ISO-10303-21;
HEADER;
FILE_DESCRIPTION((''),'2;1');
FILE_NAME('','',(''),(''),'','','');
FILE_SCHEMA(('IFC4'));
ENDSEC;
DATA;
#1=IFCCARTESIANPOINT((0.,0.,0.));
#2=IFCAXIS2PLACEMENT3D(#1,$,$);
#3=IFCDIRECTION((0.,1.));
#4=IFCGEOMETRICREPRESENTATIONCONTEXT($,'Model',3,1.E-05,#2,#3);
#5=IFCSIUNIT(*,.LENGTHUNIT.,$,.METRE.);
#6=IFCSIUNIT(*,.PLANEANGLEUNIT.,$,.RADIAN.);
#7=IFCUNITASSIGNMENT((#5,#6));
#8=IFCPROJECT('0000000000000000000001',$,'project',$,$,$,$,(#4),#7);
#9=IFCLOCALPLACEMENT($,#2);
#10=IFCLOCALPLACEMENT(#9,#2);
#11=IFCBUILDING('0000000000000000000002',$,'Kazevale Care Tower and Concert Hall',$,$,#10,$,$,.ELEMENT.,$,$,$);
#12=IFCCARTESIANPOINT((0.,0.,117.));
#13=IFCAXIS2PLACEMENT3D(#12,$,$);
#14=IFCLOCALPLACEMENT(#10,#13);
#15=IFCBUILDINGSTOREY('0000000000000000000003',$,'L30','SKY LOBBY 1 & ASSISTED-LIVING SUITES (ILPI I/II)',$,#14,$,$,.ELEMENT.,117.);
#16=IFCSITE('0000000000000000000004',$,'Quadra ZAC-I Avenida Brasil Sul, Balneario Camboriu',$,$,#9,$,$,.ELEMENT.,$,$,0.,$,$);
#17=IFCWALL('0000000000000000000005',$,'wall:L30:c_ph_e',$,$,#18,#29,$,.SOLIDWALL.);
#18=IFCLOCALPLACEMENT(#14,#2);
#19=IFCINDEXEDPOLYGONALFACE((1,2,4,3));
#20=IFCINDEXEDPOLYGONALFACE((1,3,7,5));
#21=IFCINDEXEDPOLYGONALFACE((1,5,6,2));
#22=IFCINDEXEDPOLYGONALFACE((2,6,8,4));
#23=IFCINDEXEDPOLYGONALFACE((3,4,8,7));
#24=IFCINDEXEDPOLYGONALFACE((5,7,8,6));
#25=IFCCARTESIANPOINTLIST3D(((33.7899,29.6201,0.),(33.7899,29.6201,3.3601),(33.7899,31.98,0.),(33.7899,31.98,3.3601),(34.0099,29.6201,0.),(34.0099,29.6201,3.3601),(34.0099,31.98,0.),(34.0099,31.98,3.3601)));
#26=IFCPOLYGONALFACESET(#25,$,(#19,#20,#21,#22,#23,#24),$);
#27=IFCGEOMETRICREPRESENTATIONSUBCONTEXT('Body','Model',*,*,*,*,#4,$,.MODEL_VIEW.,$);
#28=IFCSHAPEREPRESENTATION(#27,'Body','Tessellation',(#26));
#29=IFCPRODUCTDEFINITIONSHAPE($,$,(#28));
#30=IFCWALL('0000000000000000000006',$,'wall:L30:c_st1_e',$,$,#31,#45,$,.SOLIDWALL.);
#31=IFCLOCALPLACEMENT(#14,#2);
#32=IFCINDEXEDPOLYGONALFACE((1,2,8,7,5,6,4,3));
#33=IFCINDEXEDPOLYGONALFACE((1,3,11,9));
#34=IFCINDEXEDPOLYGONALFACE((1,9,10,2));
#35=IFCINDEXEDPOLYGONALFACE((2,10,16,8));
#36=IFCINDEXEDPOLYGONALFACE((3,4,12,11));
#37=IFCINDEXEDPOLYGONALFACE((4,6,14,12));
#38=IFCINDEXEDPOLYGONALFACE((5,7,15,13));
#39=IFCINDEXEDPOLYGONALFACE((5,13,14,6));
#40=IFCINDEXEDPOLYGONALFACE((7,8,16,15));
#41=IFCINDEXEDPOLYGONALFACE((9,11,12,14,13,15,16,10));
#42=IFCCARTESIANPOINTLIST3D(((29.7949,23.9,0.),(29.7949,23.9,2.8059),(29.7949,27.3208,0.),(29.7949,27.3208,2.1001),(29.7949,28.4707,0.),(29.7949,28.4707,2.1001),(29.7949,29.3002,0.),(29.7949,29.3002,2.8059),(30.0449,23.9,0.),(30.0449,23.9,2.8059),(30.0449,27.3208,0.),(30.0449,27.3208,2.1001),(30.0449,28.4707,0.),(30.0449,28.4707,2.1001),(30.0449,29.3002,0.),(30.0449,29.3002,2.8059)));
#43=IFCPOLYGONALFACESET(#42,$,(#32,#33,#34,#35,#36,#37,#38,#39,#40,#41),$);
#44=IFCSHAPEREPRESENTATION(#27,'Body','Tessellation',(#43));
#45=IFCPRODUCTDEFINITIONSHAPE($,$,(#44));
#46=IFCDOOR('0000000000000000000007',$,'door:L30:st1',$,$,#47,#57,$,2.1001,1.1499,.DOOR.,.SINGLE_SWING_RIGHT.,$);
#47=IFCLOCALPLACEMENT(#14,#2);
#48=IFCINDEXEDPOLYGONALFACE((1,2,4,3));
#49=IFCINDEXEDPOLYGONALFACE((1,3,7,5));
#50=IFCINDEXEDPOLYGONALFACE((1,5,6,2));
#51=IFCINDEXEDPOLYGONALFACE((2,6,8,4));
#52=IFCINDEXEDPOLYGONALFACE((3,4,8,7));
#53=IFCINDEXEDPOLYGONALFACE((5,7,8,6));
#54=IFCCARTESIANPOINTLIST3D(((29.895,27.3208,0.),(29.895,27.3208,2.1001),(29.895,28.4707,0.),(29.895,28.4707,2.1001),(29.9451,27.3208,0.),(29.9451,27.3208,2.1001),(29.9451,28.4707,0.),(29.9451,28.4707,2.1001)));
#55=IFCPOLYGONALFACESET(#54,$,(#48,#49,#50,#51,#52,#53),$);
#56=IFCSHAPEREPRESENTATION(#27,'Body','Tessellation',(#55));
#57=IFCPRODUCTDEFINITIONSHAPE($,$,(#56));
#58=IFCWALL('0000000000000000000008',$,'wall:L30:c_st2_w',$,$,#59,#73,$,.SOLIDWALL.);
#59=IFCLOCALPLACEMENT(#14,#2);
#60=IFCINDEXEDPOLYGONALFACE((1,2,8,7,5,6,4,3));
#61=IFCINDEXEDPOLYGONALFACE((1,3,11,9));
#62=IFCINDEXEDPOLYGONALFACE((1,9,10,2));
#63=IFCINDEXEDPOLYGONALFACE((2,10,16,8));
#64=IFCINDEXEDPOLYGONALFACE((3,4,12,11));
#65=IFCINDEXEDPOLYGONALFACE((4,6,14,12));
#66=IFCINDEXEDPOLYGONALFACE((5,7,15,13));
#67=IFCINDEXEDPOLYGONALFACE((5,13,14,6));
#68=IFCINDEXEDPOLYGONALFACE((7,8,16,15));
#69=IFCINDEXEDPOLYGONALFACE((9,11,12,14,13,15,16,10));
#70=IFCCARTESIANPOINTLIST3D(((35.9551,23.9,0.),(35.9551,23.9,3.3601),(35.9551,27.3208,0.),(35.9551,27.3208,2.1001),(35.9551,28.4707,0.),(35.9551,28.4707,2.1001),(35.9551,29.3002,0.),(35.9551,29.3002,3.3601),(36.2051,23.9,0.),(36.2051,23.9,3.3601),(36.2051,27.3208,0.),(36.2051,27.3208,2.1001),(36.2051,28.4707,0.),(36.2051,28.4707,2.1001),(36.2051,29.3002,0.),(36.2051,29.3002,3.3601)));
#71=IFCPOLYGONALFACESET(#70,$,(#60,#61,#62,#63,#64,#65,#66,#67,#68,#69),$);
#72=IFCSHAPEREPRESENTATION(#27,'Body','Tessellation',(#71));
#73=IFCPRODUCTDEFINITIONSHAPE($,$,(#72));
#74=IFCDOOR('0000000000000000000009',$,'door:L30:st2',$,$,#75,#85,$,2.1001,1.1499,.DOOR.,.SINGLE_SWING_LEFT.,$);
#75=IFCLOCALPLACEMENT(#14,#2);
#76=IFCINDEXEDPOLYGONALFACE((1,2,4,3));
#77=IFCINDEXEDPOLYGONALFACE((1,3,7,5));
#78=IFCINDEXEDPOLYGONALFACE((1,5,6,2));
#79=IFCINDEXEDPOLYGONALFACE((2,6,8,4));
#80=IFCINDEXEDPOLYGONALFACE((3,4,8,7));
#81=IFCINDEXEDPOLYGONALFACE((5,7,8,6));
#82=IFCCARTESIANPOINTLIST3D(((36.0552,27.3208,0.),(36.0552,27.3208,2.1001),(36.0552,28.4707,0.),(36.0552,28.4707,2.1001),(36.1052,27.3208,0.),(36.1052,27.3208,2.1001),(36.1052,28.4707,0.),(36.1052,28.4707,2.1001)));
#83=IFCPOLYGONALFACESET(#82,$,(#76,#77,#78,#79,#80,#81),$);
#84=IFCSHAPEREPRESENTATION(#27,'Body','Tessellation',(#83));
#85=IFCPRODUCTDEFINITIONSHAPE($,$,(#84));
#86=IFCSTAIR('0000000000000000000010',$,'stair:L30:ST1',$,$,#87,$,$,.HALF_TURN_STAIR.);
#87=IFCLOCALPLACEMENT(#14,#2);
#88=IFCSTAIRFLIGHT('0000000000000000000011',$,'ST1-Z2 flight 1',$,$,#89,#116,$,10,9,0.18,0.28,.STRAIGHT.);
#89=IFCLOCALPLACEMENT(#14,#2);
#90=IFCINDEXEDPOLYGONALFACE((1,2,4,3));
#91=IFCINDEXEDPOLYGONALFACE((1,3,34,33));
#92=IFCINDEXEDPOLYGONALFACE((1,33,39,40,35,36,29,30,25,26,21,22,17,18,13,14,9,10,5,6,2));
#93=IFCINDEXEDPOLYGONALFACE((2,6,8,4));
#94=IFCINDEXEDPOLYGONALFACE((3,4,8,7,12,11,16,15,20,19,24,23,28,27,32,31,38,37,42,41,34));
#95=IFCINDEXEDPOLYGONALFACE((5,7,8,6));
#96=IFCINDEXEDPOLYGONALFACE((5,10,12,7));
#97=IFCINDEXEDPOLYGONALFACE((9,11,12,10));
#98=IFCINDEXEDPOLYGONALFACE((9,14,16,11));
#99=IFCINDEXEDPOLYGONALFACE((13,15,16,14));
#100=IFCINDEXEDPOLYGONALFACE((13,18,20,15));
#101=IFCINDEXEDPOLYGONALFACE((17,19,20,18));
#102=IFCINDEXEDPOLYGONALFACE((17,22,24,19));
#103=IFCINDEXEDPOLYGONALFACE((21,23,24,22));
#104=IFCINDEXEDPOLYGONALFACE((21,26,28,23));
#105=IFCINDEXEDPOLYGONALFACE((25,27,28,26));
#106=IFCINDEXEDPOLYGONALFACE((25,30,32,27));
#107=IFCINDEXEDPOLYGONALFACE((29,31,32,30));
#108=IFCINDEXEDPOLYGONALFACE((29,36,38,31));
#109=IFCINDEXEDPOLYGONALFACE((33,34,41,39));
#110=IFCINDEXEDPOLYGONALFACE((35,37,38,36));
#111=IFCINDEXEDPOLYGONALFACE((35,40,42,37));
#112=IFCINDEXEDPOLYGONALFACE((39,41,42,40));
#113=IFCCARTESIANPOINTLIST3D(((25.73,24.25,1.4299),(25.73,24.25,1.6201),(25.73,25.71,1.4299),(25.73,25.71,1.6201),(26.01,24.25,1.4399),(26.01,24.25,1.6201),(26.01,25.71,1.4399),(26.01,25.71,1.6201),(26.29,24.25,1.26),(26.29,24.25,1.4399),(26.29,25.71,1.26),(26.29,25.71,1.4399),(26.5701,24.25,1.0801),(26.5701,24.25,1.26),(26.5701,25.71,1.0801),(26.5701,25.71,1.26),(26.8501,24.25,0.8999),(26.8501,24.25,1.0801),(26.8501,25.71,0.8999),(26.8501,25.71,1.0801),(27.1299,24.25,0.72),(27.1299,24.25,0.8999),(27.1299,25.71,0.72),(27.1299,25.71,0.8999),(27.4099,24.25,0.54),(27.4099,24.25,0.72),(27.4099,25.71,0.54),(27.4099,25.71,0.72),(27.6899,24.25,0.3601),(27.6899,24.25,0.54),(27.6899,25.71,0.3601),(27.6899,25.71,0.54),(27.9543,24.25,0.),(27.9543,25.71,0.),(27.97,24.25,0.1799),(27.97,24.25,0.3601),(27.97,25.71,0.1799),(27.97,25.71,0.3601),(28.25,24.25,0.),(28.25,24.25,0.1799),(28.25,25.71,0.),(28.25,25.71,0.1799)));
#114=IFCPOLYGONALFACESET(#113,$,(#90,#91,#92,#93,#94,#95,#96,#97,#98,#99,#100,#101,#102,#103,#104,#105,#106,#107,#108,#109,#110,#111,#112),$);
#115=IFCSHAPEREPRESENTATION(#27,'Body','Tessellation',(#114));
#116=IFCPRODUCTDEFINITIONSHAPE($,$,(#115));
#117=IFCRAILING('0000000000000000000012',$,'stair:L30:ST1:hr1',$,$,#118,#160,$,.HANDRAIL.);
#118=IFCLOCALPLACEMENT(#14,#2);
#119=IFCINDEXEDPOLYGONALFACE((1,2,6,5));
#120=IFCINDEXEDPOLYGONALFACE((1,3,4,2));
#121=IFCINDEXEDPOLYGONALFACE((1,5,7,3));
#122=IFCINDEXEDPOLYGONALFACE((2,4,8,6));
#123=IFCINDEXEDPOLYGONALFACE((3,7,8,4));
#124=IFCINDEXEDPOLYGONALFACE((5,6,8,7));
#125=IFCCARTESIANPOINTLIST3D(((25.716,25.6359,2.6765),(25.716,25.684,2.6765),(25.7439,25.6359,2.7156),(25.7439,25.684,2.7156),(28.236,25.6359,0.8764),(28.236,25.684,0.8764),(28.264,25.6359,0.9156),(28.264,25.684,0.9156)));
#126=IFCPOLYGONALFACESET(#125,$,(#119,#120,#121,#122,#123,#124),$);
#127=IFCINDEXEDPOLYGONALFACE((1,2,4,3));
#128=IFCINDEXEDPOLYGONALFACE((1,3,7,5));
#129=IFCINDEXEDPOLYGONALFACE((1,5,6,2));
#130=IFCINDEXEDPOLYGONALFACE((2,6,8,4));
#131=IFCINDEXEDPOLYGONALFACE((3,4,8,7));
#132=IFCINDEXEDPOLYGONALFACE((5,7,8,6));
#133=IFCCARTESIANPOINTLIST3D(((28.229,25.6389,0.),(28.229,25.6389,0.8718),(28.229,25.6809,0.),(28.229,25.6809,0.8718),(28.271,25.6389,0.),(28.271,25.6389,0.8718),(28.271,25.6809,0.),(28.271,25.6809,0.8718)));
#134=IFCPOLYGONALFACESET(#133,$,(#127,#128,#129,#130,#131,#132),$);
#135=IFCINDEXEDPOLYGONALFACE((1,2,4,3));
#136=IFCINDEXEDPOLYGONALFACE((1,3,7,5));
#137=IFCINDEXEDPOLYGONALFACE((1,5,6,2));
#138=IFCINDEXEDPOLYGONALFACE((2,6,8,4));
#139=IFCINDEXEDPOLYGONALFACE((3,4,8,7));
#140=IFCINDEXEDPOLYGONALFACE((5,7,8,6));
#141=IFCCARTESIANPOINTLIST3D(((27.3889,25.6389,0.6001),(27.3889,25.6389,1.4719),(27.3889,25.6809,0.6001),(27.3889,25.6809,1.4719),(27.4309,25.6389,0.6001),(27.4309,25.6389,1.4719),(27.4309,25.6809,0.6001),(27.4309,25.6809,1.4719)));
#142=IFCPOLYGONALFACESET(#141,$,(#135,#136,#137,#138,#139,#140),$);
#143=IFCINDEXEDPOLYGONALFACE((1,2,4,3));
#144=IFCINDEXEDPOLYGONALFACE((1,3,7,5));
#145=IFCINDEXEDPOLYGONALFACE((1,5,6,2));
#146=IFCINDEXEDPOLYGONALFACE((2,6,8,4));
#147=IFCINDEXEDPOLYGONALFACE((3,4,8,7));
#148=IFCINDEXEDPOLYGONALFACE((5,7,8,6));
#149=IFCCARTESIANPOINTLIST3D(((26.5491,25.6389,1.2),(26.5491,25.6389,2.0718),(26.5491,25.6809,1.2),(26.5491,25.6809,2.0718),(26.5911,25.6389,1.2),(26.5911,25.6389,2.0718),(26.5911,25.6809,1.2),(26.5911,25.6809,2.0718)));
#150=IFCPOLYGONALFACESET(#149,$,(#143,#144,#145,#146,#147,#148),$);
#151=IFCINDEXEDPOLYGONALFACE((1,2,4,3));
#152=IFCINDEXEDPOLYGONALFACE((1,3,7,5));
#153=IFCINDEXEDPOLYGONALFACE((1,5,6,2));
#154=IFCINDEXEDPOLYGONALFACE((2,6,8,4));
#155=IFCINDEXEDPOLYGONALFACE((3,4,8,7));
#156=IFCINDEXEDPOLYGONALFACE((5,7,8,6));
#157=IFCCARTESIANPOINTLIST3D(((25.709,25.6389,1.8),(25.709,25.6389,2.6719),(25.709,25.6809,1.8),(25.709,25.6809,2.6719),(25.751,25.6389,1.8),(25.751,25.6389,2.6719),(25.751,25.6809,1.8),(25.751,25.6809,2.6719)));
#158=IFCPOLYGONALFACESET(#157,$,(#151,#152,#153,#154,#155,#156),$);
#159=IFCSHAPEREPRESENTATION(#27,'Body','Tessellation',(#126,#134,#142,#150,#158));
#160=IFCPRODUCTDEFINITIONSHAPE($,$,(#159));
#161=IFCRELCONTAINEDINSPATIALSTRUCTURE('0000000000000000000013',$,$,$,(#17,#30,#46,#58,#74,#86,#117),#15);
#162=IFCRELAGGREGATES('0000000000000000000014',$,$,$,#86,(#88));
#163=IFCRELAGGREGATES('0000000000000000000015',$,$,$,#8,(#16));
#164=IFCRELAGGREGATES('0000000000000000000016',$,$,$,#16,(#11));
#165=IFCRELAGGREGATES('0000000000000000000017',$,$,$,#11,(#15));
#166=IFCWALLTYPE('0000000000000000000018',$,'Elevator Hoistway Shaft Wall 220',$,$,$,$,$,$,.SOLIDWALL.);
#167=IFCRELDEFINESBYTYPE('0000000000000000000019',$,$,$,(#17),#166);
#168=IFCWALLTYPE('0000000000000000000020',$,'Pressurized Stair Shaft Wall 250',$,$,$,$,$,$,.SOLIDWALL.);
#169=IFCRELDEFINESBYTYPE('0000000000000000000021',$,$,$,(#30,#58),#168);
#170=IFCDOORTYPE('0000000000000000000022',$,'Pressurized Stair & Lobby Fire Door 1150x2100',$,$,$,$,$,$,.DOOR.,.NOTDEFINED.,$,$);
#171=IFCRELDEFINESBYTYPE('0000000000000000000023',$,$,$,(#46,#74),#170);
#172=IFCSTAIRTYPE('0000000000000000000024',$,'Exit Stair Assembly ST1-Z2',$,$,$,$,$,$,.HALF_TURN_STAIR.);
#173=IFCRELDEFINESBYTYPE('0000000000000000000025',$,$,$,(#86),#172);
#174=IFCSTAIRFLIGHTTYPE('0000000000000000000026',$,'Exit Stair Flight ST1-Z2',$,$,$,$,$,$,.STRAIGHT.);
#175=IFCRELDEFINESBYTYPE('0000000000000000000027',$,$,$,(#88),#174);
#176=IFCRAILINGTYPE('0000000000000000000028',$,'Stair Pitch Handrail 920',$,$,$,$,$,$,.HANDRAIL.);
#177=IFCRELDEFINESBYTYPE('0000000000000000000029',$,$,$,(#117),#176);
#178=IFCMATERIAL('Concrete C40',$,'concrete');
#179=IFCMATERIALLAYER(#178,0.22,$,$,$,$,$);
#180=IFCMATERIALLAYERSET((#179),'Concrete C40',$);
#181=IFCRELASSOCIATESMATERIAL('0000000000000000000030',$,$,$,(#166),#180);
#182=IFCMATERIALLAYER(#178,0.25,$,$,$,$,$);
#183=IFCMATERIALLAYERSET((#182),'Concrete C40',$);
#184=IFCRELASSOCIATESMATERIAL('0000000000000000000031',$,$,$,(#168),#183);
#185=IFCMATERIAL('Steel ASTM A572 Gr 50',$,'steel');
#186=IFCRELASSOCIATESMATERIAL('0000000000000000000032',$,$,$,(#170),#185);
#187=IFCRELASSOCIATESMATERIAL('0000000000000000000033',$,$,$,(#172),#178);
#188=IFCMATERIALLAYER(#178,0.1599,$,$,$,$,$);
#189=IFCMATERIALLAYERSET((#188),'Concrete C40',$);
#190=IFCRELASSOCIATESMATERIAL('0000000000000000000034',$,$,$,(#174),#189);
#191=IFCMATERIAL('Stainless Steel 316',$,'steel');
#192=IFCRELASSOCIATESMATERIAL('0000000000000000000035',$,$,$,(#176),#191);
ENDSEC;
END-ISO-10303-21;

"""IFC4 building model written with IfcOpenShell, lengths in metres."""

from ifc_helpers import new_model, si_unit, direction, frame, frame_2d, origin, origin_2d, place, context, subcontext, project, spatial, polyline, rectangle, outline, extrude, material, layer, layer_set, type_object, element, fill, aggregate, save


model = new_model("IFC4")

# Units and contexts
model_context = context("Model", 3, precision=1e-05, world=origin(), true_north=direction((0.0, 1.0)))
body_context = subcontext(model_context, "Body", "Model", "MODEL_VIEW")
ifc_project = project(units=[si_unit("LENGTHUNIT", "METRE"), si_unit("PLANEANGLEUNIT", "RADIAN")], contexts=[model_context])

# Site, building, storey
site_placement = place(None, origin())
site = spatial("IfcSite", under=ifc_project, at=site_placement, Name="Quadra ZAC-I Avenida Brasil Sul, Balneario Camboriu", CompositionType="ELEMENT", RefElevation=0.0)
building_placement = place(site_placement, origin())
building = spatial("IfcBuilding", under=site, at=building_placement, Name="Kazevale Care Tower and Concert Hall", CompositionType="ELEMENT")
storey_placement = place(building_placement, frame((0.0, 0.0, 117.0)))
storey = spatial("IfcBuildingStorey", under=building, at=storey_placement, Name="L30", Description="SKY LOBBY 1 & ASSISTED-LIVING SUITES (ILPI I/II)", CompositionType="ELEMENT", Elevation=117.0)

# Shared definitions
ifc_material_1 = material(Name="Steel ASTM A572 Gr 50", Category="steel")

# Shared definitions
ifc_material_2 = material(Name="Concrete C40", Category="concrete")
ifc_layer_1 = layer(ifc_material_2, 0.22)
ifc_layer_set_1 = layer_set([ifc_layer_1], Name="Concrete C40")
wall_type_1 = type_object("IfcWallType", Name="Elevator Hoistway Shaft Wall 220", PredefinedType="SOLIDWALL", material=ifc_layer_set_1)
ifc_material_3 = material(Name="Stainless Steel 316", Category="steel")

# Wall
wall_1_placement = place(storey_placement, frame((33.8999, 29.6201, 0.0), z_axis=(0.0, 0.0, 1.0), x_axis=(0.0, 1.0, 0.0)))
element("IfcWall", 1, at=wall_1_placement, inside=storey, type_object=wall_type_1, Name="wall:L30:c_ph_e", PredefinedType="SOLIDWALL", context=body_context, shape_type="SweptSolid", body=[
    extrude(rectangle(XDim=2.3599, YDim=0.22, at=frame_2d((1.1799, 0.0))), origin(), (0.0, 0.0, 1.0), 3.3601),
])

# Walls, openings, doors
ifc_layer_2 = layer(ifc_material_2, 0.25)
ifc_layer_set_2 = layer_set([ifc_layer_2], Name="Concrete C40")
wall_type_2 = type_object("IfcWallType", Name="Pressurized Stair Shaft Wall 250", PredefinedType="SOLIDWALL", material=ifc_layer_set_2)
wall_2_placement = place(storey_placement, frame((29.9199, 23.8999, 0.0), z_axis=(0.0, 0.0, 1.0), x_axis=(0.0, 1.0, 0.0)))
wall_2 = element("IfcWall", 2, at=wall_2_placement, inside=storey, type_object=wall_type_2, Name="wall:L30:c_st1_e", PredefinedType="SOLIDWALL", context=body_context, shape_type="SweptSolid", body=[
    extrude(rectangle(XDim=5.4001, YDim=0.25, at=frame_2d((2.7002, 0.0))), origin(), (0.0, 0.0, 1.0), 2.8059),
])
opening_1_placement = place(wall_2_placement, frame((3.4209, 0.0, 0.0)))
opening_1 = element("IfcOpeningElement", 3, at=opening_1_placement, cuts=wall_2, PredefinedType="OPENING", context=body_context, shape_type="SweptSolid", body=[
    extrude(rectangle(XDim=1.1499, YDim=2.1001, at=frame_2d((0.575, 1.05))), frame((0.0, 0.135, 0.0), z_axis=(0.0, -1.0, 0.0), x_axis=(1.0, 0.0, 0.0)), (0.0, 0.0, 1.0), 0.27),
])
door_type_1 = type_object("IfcDoorType", Name="Pressurized Stair & Lobby Fire Door 1150x2100", OperationType="NOTDEFINED", PredefinedType="DOOR", material=ifc_material_1)
door_1_placement = place(opening_1_placement, origin())
door_1 = element("IfcDoor", 4, at=door_1_placement, inside=storey, type_object=door_type_1, Name="door:L30:st1", OperationType="SINGLE_SWING_RIGHT", OverallHeight=2.1001, OverallWidth=1.1499, PredefinedType="DOOR", context=body_context, shape_type="SweptSolid", body=[
    extrude(rectangle(XDim=1.1499, YDim=2.1001, at=frame_2d((0.575, 1.05))), frame((0.0, 0.0249, 0.0), z_axis=(0.0, -1.0, 0.0), x_axis=(1.0, 0.0, 0.0)), (0.0, 0.0, 1.0), 0.05),
])
fill(opening_1, door_1)
wall_3_placement = place(storey_placement, frame((36.0801, 23.8999, 0.0), z_axis=(0.0, 0.0, 1.0), x_axis=(0.0, 1.0, 0.0)))
wall_3 = element("IfcWall", 5, at=wall_3_placement, inside=storey, type_object=wall_type_2, Name="wall:L30:c_st2_w", PredefinedType="SOLIDWALL", context=body_context, shape_type="SweptSolid", body=[
    extrude(rectangle(XDim=5.4001, YDim=0.25, at=frame_2d((2.7002, 0.0))), origin(), (0.0, 0.0, 1.0), 3.3601),
])
opening_2_placement = place(wall_3_placement, frame((3.4209, 0.0, 0.0)))
opening_2 = element("IfcOpeningElement", 6, at=opening_2_placement, cuts=wall_3, PredefinedType="OPENING", context=body_context, shape_type="SweptSolid", body=[
    extrude(rectangle(XDim=1.1499, YDim=2.1001, at=frame_2d((0.575, 1.05))), frame((0.0, 0.135, 0.0), z_axis=(0.0, -1.0, 0.0), x_axis=(1.0, 0.0, 0.0)), (0.0, 0.0, 1.0), 0.27),
])
door_2_placement = place(opening_2_placement, origin())
door_2 = element("IfcDoor", 7, at=door_2_placement, inside=storey, type_object=door_type_1, Name="door:L30:st2", OperationType="SINGLE_SWING_LEFT", OverallHeight=2.1001, OverallWidth=1.1499, PredefinedType="DOOR", context=body_context, shape_type="SweptSolid", body=[
    extrude(rectangle(XDim=1.1499, YDim=2.1001, at=frame_2d((0.575, 1.05))), frame((0.0, 0.0249, 0.0), z_axis=(0.0, -1.0, 0.0), x_axis=(1.0, 0.0, 0.0)), (0.0, 0.0, 1.0), 0.05),
])
fill(opening_2, door_2)

# Stair, stair flight
stair_type = type_object("IfcStairType", Name="Exit Stair Assembly ST1-Z2", PredefinedType="HALF_TURN_STAIR", material=ifc_material_2)
stair_placement = place(storey_placement, origin())
stair = element("IfcStair", 8, at=stair_placement, inside=storey, type_object=stair_type, Name="stair:L30:ST1", PredefinedType="HALF_TURN_STAIR")
ifc_layer_3 = layer(ifc_material_2, 0.1599)
ifc_layer_set_3 = layer_set([ifc_layer_3], Name="Concrete C40")
stair_flight_type = type_object("IfcStairFlightType", Name="Exit Stair Flight ST1-Z2", PredefinedType="STRAIGHT", material=ifc_layer_set_3)
stair_flight_placement = place(storey_placement, frame((28.25, 24.98, 0.0), z_axis=(0.0, 0.0, 1.0), x_axis=(-1.0, 0.0, 0.0)))
stair_flight = element("IfcStairFlight", 9, at=stair_flight_placement, type_object=stair_flight_type, Name="ST1-Z2 flight 1", NumberOfRisers=10, NumberOfTreads=9, PredefinedType="STRAIGHT", RiserHeight=0.18, TreadLength=0.28, context=body_context, shape_type="SweptSolid", body=[
    extrude(outline(polyline([(0.0, 0.0), (0.0, 0.1799), (0.28, 0.1799), (0.28, 0.3601), (0.5601, 0.3601), (0.5601, 0.54), (0.8401, 0.54), (0.8401, 0.72), (1.1201, 0.72), (1.1201, 0.8999), (1.3999, 0.8999), (1.3999, 1.0801), (1.6799, 1.0801), (1.6799, 1.26), (1.96, 1.26), (1.96, 1.4399), (2.24, 1.4399), (2.24, 1.6201), (2.52, 1.6201), (2.52, 1.8), (2.52, 1.4299), (0.2957, 0.0), (0.0, 0.0)])), frame((0.0, 0.73, 0.0), z_axis=(0.0, -1.0, 0.0), x_axis=(1.0, 0.0, 0.0)), (0.0, 0.0, 1.0), 1.46),
])
aggregate(stair, [stair_flight])

# Railing
railing_type_1 = type_object("IfcRailingType", Name="Stair Pitch Handrail 920", PredefinedType="HANDRAIL", material=ifc_material_3)
railing_1_placement = place(storey_placement, frame((28.25, 25.6599, 0.0)))
element("IfcRailing", 10, at=railing_1_placement, inside=storey, type_object=railing_type_1, Name="stair:L30:ST1:hr1", PredefinedType="HANDRAIL", context=body_context, shape_type="SweptSolid", body=[
    extrude(rectangle(XDim=0.0481, YDim=0.0481, at=origin_2d()), frame((0.0, 0.0, 0.896), z_axis=(-0.813728, 0.0, 0.581246), x_axis=(0.0, -1.0, 0.0)), (0.0, 0.0, 1.0), 3.0969),
    extrude(rectangle(XDim=0.042, YDim=0.042, at=origin_2d()), origin(), (0.0, 0.0, 1.0), 0.8718),
    extrude(rectangle(XDim=0.042, YDim=0.042, at=origin_2d()), frame((-0.8401, 0.0, 0.6001)), (0.0, 0.0, 1.0), 0.8718),
    extrude(rectangle(XDim=0.042, YDim=0.042, at=origin_2d()), frame((-1.6799, 0.0, 1.2)), (0.0, 0.0, 1.0), 0.8718),
    extrude(rectangle(XDim=0.042, YDim=0.042, at=origin_2d()), frame((-2.52, 0.0, 1.8)), (0.0, 0.0, 1.0), 0.8718),
])

save(model, "model.ifc")
